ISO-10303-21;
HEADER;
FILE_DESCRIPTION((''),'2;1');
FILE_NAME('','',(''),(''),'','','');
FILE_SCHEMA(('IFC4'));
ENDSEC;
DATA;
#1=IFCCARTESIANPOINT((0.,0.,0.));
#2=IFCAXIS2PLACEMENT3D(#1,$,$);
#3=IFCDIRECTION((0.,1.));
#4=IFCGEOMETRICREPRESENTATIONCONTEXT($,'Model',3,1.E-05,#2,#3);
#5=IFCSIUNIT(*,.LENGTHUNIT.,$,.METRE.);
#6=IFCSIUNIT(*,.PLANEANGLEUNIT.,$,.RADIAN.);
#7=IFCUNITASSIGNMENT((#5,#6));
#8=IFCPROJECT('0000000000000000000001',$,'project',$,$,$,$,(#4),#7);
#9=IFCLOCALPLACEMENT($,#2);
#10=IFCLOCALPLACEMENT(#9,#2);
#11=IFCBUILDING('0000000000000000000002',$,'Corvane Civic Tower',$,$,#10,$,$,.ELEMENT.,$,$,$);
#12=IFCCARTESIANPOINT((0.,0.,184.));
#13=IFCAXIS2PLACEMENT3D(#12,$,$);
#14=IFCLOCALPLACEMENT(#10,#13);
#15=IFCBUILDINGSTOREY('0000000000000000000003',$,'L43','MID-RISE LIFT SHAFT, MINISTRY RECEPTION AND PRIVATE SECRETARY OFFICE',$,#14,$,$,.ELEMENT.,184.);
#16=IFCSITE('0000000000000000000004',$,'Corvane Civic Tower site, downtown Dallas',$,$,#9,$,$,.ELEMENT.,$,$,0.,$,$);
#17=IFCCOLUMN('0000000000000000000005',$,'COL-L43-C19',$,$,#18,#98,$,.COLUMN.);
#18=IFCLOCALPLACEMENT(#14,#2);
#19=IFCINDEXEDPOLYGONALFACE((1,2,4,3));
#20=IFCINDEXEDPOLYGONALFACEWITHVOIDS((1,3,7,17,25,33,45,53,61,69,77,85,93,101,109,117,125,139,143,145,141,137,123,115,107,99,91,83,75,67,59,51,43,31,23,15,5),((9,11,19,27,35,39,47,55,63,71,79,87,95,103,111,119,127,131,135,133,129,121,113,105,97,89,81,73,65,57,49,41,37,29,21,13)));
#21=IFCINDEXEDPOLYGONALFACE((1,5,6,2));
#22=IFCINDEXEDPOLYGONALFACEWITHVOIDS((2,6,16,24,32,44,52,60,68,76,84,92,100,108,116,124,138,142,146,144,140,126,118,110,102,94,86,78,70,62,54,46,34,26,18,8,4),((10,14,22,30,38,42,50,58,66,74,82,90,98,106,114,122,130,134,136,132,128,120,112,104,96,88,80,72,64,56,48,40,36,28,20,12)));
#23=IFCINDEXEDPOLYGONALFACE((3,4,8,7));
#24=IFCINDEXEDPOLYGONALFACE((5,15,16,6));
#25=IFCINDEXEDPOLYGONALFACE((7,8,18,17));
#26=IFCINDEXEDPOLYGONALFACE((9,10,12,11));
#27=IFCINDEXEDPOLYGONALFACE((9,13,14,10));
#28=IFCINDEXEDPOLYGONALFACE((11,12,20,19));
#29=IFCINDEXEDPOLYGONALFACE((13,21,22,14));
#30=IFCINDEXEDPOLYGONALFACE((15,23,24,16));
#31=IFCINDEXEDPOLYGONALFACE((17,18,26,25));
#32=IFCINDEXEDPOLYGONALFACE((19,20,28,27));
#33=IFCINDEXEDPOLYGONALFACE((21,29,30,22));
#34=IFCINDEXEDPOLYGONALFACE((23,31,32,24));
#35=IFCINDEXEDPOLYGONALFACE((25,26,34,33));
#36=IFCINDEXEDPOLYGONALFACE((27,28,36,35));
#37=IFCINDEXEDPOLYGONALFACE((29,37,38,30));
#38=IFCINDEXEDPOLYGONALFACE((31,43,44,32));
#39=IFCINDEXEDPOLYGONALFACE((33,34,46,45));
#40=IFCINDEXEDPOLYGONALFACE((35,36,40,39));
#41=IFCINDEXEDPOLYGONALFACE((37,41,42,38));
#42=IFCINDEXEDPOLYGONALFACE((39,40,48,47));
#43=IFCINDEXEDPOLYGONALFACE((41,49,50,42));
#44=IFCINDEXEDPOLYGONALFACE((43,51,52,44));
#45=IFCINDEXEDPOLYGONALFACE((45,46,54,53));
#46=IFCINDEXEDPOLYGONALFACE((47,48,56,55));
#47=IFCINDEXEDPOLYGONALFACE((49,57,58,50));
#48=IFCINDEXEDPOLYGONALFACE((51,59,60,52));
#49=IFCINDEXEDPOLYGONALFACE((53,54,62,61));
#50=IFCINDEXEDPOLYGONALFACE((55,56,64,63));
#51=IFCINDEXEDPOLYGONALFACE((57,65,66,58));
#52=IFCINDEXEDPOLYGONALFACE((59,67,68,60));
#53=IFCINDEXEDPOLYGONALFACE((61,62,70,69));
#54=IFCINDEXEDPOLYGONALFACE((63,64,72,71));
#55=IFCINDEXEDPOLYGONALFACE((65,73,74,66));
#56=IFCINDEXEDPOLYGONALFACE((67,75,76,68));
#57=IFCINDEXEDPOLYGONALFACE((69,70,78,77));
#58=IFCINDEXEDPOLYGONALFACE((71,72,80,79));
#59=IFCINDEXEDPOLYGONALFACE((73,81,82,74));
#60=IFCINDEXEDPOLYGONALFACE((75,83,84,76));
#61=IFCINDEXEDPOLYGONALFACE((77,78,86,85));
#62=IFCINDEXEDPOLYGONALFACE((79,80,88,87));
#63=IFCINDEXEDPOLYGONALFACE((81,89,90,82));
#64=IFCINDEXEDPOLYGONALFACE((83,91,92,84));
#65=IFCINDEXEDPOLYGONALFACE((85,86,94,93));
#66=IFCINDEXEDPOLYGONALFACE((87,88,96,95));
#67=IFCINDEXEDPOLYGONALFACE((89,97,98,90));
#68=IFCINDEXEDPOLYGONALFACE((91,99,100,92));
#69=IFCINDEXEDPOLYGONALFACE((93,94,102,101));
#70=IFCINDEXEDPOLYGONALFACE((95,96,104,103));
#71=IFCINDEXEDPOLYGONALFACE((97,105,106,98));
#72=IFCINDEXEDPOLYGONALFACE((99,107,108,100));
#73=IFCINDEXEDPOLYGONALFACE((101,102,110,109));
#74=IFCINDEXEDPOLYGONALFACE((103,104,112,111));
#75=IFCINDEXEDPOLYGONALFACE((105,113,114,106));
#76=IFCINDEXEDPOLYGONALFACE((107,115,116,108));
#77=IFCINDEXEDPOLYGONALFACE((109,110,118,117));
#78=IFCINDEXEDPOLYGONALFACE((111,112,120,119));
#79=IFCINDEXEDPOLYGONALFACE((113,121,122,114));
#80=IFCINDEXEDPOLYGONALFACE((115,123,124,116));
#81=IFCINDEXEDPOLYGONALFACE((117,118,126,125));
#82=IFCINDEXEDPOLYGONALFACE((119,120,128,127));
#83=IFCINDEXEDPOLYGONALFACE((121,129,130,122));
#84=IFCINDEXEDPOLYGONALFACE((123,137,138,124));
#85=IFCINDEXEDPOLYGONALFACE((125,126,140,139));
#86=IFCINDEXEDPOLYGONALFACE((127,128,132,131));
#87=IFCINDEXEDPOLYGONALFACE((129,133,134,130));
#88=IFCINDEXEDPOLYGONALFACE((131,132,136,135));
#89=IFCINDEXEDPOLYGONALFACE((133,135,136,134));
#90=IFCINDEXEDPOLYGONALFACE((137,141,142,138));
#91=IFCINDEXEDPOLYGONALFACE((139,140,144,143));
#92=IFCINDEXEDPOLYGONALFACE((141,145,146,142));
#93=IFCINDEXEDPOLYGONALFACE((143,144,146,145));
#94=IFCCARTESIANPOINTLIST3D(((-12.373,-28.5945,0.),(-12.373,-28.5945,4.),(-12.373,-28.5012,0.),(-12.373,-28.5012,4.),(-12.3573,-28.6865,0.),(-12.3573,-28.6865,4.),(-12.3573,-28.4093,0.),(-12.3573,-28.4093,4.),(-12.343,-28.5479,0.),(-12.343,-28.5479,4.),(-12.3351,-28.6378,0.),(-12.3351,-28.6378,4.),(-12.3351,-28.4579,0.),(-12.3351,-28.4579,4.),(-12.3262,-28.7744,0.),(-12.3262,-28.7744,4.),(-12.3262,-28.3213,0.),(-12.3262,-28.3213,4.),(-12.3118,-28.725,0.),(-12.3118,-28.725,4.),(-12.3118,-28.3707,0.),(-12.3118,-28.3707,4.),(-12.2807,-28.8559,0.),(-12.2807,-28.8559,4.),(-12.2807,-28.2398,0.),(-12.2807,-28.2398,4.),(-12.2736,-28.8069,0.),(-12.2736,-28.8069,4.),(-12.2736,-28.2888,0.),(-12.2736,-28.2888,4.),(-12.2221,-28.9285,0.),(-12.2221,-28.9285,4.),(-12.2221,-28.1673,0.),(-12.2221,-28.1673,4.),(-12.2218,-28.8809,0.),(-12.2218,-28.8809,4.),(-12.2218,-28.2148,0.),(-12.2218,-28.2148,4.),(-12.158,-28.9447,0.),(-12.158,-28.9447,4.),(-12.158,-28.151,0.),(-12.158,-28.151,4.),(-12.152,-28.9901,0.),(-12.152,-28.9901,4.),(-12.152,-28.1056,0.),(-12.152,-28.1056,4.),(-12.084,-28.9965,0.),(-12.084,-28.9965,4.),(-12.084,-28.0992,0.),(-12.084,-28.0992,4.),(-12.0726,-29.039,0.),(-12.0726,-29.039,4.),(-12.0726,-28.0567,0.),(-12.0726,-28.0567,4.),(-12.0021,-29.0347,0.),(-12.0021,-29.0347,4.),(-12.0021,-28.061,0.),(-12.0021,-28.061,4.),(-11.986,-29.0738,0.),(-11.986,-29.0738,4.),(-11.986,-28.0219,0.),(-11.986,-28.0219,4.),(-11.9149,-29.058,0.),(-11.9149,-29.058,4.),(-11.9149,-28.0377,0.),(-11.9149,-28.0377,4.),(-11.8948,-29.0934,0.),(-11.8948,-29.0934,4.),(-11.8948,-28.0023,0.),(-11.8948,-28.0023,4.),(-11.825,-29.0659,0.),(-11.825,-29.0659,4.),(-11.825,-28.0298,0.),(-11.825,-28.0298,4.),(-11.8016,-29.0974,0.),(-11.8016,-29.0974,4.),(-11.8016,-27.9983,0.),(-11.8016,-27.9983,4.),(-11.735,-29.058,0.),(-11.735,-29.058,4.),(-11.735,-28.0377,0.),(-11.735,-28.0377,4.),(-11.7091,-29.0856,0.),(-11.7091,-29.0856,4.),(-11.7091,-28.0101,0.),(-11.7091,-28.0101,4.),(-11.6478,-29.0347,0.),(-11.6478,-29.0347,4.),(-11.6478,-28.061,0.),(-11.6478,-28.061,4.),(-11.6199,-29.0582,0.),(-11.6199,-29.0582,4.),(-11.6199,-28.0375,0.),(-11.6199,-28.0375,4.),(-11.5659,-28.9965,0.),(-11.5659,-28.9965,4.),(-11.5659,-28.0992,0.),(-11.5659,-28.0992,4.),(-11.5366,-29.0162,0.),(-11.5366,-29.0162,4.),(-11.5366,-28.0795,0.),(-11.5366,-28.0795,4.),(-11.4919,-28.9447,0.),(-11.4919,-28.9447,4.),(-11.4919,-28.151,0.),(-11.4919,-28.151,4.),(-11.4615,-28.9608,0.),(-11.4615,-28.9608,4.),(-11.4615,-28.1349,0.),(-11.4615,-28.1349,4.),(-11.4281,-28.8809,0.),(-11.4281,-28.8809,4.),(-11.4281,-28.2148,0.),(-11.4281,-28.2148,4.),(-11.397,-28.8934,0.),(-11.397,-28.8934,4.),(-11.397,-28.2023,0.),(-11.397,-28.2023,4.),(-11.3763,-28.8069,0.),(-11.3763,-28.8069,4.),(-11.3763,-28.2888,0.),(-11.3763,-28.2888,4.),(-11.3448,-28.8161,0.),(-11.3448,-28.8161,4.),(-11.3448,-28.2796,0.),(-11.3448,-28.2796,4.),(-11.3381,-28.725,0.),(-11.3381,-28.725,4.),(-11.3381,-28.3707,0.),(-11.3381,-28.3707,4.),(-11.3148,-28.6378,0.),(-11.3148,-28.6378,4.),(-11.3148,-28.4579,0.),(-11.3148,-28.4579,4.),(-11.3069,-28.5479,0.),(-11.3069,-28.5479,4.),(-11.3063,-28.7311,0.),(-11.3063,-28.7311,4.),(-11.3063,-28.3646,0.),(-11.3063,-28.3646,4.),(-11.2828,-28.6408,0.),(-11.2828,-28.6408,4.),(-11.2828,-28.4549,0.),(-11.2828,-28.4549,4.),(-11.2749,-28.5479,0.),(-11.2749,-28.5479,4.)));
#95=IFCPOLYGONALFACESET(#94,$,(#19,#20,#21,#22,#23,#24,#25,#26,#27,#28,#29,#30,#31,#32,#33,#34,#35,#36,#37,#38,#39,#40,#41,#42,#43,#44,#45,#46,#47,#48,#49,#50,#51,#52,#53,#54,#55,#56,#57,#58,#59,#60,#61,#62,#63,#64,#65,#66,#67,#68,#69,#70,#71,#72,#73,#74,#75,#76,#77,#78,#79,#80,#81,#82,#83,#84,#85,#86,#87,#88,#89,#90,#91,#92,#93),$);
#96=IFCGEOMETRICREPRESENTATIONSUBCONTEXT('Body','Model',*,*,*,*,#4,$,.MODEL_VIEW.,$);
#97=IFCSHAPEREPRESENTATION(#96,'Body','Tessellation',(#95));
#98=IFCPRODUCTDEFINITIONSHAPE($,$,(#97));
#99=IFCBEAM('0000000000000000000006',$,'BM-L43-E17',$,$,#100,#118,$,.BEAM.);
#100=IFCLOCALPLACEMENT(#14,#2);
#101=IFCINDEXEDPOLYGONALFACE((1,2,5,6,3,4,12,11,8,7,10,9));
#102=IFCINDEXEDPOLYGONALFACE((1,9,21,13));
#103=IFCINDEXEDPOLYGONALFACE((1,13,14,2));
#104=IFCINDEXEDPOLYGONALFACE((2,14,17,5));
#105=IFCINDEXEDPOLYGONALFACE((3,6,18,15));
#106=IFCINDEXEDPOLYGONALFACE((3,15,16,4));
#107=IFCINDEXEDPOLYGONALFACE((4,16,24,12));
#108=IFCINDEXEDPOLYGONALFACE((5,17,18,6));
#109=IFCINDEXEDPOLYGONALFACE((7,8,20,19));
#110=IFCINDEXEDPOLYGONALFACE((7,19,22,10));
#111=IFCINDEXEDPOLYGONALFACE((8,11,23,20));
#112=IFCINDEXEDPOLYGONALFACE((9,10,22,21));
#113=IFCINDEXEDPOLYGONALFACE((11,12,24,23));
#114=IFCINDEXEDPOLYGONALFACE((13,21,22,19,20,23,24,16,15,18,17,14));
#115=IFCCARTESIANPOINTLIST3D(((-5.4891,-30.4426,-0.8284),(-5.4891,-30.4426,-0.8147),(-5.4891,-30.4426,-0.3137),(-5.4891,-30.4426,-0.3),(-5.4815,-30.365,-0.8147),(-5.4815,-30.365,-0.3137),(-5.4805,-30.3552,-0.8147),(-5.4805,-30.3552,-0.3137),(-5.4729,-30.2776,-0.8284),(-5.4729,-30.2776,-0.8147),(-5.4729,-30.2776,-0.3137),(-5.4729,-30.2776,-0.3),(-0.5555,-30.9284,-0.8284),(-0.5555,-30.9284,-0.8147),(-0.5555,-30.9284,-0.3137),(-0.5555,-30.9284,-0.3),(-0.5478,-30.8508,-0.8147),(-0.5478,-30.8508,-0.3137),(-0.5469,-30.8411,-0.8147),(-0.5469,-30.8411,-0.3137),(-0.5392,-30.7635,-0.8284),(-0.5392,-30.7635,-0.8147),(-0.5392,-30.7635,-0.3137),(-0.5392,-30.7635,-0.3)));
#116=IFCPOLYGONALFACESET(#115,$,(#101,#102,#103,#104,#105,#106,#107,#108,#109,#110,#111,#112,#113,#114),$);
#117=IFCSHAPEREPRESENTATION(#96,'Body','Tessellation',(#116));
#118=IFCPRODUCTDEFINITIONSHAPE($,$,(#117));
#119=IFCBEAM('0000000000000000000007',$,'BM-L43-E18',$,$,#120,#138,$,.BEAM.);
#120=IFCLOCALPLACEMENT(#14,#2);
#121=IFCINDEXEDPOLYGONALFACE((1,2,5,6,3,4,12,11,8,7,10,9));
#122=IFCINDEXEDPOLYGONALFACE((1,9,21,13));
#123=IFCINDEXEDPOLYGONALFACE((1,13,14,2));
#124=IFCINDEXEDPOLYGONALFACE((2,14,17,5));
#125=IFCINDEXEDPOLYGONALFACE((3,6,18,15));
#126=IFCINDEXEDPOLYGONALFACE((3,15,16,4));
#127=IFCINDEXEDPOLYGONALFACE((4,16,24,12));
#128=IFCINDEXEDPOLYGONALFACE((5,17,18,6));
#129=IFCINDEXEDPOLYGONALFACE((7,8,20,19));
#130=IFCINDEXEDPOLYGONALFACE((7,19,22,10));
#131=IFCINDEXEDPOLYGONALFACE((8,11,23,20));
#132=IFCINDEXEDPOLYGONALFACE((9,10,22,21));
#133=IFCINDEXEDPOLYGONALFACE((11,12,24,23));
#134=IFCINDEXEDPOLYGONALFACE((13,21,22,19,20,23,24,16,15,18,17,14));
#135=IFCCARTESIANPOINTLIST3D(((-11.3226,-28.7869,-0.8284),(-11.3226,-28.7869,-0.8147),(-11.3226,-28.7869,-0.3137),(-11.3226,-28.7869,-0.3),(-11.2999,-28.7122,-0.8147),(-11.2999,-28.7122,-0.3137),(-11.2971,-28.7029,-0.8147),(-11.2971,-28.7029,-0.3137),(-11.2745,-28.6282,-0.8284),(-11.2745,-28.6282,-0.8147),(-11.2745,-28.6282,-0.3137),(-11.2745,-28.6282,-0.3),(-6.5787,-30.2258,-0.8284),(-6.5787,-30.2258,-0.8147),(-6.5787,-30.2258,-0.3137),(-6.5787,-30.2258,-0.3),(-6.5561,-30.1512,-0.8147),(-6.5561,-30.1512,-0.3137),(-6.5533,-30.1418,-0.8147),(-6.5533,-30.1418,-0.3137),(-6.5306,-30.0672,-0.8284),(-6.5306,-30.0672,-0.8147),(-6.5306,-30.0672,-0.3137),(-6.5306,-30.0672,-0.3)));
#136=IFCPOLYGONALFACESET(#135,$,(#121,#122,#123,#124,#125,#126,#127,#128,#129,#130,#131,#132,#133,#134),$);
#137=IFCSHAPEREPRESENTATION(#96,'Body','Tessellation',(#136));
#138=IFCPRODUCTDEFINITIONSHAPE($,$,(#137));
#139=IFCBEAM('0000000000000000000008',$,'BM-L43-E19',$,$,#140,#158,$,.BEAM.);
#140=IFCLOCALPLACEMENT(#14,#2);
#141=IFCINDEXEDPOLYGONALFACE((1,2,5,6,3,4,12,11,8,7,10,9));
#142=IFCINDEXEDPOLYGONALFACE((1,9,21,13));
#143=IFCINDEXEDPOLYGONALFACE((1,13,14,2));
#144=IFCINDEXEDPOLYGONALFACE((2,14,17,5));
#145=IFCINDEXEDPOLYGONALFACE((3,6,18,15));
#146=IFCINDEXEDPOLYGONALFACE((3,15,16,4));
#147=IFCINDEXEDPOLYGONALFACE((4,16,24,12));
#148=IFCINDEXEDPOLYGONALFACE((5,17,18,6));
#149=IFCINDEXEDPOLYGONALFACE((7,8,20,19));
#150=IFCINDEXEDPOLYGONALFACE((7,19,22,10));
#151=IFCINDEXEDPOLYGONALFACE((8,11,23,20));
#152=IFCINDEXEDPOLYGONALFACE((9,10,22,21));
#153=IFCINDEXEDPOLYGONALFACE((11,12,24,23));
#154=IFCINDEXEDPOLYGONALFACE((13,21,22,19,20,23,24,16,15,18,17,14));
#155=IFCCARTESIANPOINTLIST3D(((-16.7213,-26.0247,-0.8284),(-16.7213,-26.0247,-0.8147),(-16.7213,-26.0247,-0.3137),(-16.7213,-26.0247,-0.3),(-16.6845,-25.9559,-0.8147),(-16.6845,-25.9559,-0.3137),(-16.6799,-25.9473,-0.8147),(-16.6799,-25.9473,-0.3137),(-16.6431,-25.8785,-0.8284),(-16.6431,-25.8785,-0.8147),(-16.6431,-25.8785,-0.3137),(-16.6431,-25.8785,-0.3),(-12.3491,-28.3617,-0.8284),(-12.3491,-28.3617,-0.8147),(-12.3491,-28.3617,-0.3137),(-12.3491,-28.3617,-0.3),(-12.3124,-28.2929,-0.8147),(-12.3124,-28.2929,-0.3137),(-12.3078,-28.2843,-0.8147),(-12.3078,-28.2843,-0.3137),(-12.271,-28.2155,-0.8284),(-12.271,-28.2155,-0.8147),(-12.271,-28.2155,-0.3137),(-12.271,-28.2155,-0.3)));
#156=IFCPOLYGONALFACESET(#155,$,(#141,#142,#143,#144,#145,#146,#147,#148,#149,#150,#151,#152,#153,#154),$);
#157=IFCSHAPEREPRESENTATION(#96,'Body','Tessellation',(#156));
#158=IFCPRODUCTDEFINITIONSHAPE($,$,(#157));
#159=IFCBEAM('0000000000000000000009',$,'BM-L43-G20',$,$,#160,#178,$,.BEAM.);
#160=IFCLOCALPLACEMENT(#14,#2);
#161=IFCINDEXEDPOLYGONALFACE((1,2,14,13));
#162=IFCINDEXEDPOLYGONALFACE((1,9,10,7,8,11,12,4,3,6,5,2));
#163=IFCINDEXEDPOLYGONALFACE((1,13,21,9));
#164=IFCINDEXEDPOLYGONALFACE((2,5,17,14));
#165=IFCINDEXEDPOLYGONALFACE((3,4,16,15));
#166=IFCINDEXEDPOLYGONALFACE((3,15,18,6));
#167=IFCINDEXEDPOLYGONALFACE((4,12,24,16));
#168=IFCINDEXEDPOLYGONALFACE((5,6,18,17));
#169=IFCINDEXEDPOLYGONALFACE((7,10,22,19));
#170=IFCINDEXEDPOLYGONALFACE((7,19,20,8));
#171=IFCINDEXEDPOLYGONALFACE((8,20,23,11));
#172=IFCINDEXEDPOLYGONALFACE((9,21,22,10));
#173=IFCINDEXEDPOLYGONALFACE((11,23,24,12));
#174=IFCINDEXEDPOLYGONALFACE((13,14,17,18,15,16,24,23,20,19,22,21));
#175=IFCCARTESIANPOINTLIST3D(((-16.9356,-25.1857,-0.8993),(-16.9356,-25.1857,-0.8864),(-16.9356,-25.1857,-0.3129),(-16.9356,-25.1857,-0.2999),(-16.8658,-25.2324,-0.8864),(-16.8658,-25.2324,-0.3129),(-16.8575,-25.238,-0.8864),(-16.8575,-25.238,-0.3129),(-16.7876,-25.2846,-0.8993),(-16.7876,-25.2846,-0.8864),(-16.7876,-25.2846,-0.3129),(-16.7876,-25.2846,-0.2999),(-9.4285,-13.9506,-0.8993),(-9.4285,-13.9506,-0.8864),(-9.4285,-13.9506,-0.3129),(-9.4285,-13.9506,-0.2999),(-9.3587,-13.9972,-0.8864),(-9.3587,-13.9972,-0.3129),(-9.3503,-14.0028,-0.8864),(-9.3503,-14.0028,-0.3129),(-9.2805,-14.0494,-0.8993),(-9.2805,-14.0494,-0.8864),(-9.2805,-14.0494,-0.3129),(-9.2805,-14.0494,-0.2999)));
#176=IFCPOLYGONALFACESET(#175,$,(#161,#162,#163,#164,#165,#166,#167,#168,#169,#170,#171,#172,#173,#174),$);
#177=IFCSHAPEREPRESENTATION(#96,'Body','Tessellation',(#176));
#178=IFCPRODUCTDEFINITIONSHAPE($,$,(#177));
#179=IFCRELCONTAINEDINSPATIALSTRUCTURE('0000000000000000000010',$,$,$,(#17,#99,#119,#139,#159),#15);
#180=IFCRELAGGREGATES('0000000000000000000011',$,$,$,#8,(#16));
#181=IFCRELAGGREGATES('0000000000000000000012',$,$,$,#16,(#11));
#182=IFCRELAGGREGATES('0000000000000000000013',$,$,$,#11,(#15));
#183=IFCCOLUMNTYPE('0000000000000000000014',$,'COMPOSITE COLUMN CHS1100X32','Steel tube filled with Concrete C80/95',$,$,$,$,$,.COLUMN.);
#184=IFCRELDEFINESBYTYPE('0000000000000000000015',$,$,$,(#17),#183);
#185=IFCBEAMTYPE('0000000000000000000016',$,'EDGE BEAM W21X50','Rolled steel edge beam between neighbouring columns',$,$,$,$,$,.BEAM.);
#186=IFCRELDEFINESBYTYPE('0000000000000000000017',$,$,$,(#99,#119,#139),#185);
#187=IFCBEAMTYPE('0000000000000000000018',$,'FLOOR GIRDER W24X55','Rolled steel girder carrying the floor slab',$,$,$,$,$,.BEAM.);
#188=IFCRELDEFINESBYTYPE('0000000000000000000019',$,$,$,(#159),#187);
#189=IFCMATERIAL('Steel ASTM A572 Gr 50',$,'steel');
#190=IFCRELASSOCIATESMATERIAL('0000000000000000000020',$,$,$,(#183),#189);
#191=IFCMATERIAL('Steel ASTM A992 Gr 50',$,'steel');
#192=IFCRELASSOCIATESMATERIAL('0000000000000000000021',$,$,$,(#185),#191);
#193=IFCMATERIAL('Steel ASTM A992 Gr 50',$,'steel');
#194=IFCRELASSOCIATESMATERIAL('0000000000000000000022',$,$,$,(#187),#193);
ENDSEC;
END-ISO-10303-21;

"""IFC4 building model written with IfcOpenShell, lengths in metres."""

from ifc_helpers import new_model, si_unit, direction, frame, origin, origin_2d, place, context, subcontext, project, spatial, hollow_circle, i_section, extrude, material, material_profile, profile_set, type_object, element, save


model = new_model("IFC4")

# Units and contexts
model_context = context("Model", 3, precision=1e-05, world=origin(), true_north=direction((0.0, 1.0)))
body_context = subcontext(model_context, "Body", "Model", "MODEL_VIEW")
ifc_project = project(units=[si_unit("LENGTHUNIT", "METRE"), si_unit("PLANEANGLEUNIT", "RADIAN")], contexts=[model_context])

# Site, building, storey
site_placement = place(None, origin())
site = spatial("IfcSite", under=ifc_project, at=site_placement, Name="Corvane Civic Tower site, downtown Dallas", CompositionType="ELEMENT", RefElevation=0.0)
building_placement = place(site_placement, origin())
building = spatial("IfcBuilding", under=site, at=building_placement, Name="Corvane Civic Tower", CompositionType="ELEMENT")
storey_placement = place(building_placement, frame((0.0, 0.0, 184.0)))
storey = spatial("IfcBuildingStorey", under=building, at=storey_placement, Name="L43", Description="MID-RISE LIFT SHAFT, MINISTRY RECEPTION AND PRIVATE SECRETARY OFFICE", CompositionType="ELEMENT", Elevation=184.0)

# Column
ifc_material_1 = material(Name="Steel ASTM A572 Gr 50", Category="steel")
ifc_material_profile_1 = material_profile(ifc_material_1, hollow_circle(Radius=0.55, WallThickness=0.032, at=origin_2d()), Name="CHS1100X32")
ifc_profile_set_1 = profile_set([ifc_material_profile_1], Name="Steel ASTM A572 Gr 50")
column_type = type_object("IfcColumnType", Name="COMPOSITE COLUMN CHS1100X32", Description="Steel tube filled with Concrete C80/95", PredefinedType="COLUMN", material=ifc_profile_set_1)
for number, where, z_axis, x_axis, name in (
    (1, (-11.825, -28.5479, 0.0), (0.0, 0.0, 1.0), (1.0, 0.0, 0.0), "COL-L43-C19"),
):
    element("IfcColumn", number, at=place(storey_placement, frame(where, z_axis=z_axis, x_axis=x_axis)), inside=storey, type_object=column_type, Name=name, PredefinedType="COLUMN", context=body_context, shape_type="SweptSolid", body=[
        extrude(hollow_circle(Radius=0.55, WallThickness=0.032, at=origin_2d()), origin(), (0.0, 0.0, 1.0), 4.0),
    ])

# Beams
ifc_material_2 = material(Name="Steel ASTM A992 Gr 50", Category="steel")
ifc_material_profile_2 = material_profile(ifc_material_2, i_section(OverallWidth=0.1658, OverallDepth=0.5283, WebThickness=0.0098, FlangeThickness=0.0137, at=origin_2d()), Name="W21X50")
ifc_profile_set_2 = profile_set([ifc_material_profile_2], Name="Steel ASTM A992 Gr 50")
beam_type_1 = type_object("IfcBeamType", Name="EDGE BEAM W21X50", Description="Rolled steel edge beam between neighbouring columns", PredefinedType="BEAM", material=ifc_profile_set_2)
beam_1_placement = place(storey_placement, frame((-0.5474, -30.8459, -0.5642), z_axis=(-0.995186, 0.098002, 0.0), x_axis=(-0.098002, -0.995186, 0.0)))
element("IfcBeam", 2, at=beam_1_placement, inside=storey, type_object=beam_type_1, Name="BM-L43-E17", PredefinedType="BEAM", context=body_context, shape_type="SweptSolid", body=[
    extrude(i_section(OverallWidth=0.1658, OverallDepth=0.5283, WebThickness=0.0098, FlangeThickness=0.0137, at=origin_2d()), origin(), (0.0, 0.0, 1.0), 4.9575),
])
beam_2_placement = place(storey_placement, frame((-6.5547, -30.1465, -0.5642), z_axis=(-0.956945, 0.29027, 0.0), x_axis=(-0.29027, -0.956945, 0.0)))
element("IfcBeam", 3, at=beam_2_placement, inside=storey, type_object=beam_type_1, Name="BM-L43-E18", PredefinedType="BEAM", context=body_context, shape_type="SweptSolid", body=[
    extrude(i_section(OverallWidth=0.1658, OverallDepth=0.5283, WebThickness=0.0098, FlangeThickness=0.0137, at=origin_2d()), origin(), (0.0, 0.0, 1.0), 4.9573),
])
beam_3_placement = place(storey_placement, frame((-12.3101, -28.2886, -0.5642), z_axis=(-0.881922, 0.471396, 0.0), x_axis=(-0.471396, -0.881922, 0.0)))
element("IfcBeam", 4, at=beam_3_placement, inside=storey, type_object=beam_type_1, Name="BM-L43-E19", PredefinedType="BEAM", context=body_context, shape_type="SweptSolid", body=[
    extrude(i_section(OverallWidth=0.1658, OverallDepth=0.5283, WebThickness=0.0098, FlangeThickness=0.0137, at=origin_2d()), origin(), (0.0, 0.0, 1.0), 4.9575),
])
ifc_material_3 = material(Name="Steel ASTM A992 Gr 50", Category="steel")
ifc_material_profile_3 = material_profile(ifc_material_3, i_section(OverallWidth=0.178, OverallDepth=0.5994, WebThickness=0.01, FlangeThickness=0.0129, at=origin_2d()), Name="W24X55")
ifc_profile_set_3 = profile_set([ifc_material_profile_3], Name="Steel ASTM A992 Gr 50")
beam_type_2 = type_object("IfcBeamType", Name="FLOOR GIRDER W24X55", Description="Rolled steel girder carrying the floor slab", PredefinedType="BEAM", material=ifc_profile_set_3)
beam_4_placement = place(storey_placement, frame((-9.3545, -14.0, -0.5996), z_axis=(-0.555571, -0.831469, 0.0), x_axis=(0.831469, -0.555571, 0.0)))
element("IfcBeam", 5, at=beam_4_placement, inside=storey, type_object=beam_type_2, Name="BM-L43-G20", PredefinedType="BEAM", context=body_context, shape_type="SweptSolid", body=[
    extrude(i_section(OverallWidth=0.178, OverallDepth=0.5994, WebThickness=0.01, FlangeThickness=0.0129, at=origin_2d()), origin(), (0.0, 0.0, 1.0), 13.5125),
])

save(model, "model.ifc")
